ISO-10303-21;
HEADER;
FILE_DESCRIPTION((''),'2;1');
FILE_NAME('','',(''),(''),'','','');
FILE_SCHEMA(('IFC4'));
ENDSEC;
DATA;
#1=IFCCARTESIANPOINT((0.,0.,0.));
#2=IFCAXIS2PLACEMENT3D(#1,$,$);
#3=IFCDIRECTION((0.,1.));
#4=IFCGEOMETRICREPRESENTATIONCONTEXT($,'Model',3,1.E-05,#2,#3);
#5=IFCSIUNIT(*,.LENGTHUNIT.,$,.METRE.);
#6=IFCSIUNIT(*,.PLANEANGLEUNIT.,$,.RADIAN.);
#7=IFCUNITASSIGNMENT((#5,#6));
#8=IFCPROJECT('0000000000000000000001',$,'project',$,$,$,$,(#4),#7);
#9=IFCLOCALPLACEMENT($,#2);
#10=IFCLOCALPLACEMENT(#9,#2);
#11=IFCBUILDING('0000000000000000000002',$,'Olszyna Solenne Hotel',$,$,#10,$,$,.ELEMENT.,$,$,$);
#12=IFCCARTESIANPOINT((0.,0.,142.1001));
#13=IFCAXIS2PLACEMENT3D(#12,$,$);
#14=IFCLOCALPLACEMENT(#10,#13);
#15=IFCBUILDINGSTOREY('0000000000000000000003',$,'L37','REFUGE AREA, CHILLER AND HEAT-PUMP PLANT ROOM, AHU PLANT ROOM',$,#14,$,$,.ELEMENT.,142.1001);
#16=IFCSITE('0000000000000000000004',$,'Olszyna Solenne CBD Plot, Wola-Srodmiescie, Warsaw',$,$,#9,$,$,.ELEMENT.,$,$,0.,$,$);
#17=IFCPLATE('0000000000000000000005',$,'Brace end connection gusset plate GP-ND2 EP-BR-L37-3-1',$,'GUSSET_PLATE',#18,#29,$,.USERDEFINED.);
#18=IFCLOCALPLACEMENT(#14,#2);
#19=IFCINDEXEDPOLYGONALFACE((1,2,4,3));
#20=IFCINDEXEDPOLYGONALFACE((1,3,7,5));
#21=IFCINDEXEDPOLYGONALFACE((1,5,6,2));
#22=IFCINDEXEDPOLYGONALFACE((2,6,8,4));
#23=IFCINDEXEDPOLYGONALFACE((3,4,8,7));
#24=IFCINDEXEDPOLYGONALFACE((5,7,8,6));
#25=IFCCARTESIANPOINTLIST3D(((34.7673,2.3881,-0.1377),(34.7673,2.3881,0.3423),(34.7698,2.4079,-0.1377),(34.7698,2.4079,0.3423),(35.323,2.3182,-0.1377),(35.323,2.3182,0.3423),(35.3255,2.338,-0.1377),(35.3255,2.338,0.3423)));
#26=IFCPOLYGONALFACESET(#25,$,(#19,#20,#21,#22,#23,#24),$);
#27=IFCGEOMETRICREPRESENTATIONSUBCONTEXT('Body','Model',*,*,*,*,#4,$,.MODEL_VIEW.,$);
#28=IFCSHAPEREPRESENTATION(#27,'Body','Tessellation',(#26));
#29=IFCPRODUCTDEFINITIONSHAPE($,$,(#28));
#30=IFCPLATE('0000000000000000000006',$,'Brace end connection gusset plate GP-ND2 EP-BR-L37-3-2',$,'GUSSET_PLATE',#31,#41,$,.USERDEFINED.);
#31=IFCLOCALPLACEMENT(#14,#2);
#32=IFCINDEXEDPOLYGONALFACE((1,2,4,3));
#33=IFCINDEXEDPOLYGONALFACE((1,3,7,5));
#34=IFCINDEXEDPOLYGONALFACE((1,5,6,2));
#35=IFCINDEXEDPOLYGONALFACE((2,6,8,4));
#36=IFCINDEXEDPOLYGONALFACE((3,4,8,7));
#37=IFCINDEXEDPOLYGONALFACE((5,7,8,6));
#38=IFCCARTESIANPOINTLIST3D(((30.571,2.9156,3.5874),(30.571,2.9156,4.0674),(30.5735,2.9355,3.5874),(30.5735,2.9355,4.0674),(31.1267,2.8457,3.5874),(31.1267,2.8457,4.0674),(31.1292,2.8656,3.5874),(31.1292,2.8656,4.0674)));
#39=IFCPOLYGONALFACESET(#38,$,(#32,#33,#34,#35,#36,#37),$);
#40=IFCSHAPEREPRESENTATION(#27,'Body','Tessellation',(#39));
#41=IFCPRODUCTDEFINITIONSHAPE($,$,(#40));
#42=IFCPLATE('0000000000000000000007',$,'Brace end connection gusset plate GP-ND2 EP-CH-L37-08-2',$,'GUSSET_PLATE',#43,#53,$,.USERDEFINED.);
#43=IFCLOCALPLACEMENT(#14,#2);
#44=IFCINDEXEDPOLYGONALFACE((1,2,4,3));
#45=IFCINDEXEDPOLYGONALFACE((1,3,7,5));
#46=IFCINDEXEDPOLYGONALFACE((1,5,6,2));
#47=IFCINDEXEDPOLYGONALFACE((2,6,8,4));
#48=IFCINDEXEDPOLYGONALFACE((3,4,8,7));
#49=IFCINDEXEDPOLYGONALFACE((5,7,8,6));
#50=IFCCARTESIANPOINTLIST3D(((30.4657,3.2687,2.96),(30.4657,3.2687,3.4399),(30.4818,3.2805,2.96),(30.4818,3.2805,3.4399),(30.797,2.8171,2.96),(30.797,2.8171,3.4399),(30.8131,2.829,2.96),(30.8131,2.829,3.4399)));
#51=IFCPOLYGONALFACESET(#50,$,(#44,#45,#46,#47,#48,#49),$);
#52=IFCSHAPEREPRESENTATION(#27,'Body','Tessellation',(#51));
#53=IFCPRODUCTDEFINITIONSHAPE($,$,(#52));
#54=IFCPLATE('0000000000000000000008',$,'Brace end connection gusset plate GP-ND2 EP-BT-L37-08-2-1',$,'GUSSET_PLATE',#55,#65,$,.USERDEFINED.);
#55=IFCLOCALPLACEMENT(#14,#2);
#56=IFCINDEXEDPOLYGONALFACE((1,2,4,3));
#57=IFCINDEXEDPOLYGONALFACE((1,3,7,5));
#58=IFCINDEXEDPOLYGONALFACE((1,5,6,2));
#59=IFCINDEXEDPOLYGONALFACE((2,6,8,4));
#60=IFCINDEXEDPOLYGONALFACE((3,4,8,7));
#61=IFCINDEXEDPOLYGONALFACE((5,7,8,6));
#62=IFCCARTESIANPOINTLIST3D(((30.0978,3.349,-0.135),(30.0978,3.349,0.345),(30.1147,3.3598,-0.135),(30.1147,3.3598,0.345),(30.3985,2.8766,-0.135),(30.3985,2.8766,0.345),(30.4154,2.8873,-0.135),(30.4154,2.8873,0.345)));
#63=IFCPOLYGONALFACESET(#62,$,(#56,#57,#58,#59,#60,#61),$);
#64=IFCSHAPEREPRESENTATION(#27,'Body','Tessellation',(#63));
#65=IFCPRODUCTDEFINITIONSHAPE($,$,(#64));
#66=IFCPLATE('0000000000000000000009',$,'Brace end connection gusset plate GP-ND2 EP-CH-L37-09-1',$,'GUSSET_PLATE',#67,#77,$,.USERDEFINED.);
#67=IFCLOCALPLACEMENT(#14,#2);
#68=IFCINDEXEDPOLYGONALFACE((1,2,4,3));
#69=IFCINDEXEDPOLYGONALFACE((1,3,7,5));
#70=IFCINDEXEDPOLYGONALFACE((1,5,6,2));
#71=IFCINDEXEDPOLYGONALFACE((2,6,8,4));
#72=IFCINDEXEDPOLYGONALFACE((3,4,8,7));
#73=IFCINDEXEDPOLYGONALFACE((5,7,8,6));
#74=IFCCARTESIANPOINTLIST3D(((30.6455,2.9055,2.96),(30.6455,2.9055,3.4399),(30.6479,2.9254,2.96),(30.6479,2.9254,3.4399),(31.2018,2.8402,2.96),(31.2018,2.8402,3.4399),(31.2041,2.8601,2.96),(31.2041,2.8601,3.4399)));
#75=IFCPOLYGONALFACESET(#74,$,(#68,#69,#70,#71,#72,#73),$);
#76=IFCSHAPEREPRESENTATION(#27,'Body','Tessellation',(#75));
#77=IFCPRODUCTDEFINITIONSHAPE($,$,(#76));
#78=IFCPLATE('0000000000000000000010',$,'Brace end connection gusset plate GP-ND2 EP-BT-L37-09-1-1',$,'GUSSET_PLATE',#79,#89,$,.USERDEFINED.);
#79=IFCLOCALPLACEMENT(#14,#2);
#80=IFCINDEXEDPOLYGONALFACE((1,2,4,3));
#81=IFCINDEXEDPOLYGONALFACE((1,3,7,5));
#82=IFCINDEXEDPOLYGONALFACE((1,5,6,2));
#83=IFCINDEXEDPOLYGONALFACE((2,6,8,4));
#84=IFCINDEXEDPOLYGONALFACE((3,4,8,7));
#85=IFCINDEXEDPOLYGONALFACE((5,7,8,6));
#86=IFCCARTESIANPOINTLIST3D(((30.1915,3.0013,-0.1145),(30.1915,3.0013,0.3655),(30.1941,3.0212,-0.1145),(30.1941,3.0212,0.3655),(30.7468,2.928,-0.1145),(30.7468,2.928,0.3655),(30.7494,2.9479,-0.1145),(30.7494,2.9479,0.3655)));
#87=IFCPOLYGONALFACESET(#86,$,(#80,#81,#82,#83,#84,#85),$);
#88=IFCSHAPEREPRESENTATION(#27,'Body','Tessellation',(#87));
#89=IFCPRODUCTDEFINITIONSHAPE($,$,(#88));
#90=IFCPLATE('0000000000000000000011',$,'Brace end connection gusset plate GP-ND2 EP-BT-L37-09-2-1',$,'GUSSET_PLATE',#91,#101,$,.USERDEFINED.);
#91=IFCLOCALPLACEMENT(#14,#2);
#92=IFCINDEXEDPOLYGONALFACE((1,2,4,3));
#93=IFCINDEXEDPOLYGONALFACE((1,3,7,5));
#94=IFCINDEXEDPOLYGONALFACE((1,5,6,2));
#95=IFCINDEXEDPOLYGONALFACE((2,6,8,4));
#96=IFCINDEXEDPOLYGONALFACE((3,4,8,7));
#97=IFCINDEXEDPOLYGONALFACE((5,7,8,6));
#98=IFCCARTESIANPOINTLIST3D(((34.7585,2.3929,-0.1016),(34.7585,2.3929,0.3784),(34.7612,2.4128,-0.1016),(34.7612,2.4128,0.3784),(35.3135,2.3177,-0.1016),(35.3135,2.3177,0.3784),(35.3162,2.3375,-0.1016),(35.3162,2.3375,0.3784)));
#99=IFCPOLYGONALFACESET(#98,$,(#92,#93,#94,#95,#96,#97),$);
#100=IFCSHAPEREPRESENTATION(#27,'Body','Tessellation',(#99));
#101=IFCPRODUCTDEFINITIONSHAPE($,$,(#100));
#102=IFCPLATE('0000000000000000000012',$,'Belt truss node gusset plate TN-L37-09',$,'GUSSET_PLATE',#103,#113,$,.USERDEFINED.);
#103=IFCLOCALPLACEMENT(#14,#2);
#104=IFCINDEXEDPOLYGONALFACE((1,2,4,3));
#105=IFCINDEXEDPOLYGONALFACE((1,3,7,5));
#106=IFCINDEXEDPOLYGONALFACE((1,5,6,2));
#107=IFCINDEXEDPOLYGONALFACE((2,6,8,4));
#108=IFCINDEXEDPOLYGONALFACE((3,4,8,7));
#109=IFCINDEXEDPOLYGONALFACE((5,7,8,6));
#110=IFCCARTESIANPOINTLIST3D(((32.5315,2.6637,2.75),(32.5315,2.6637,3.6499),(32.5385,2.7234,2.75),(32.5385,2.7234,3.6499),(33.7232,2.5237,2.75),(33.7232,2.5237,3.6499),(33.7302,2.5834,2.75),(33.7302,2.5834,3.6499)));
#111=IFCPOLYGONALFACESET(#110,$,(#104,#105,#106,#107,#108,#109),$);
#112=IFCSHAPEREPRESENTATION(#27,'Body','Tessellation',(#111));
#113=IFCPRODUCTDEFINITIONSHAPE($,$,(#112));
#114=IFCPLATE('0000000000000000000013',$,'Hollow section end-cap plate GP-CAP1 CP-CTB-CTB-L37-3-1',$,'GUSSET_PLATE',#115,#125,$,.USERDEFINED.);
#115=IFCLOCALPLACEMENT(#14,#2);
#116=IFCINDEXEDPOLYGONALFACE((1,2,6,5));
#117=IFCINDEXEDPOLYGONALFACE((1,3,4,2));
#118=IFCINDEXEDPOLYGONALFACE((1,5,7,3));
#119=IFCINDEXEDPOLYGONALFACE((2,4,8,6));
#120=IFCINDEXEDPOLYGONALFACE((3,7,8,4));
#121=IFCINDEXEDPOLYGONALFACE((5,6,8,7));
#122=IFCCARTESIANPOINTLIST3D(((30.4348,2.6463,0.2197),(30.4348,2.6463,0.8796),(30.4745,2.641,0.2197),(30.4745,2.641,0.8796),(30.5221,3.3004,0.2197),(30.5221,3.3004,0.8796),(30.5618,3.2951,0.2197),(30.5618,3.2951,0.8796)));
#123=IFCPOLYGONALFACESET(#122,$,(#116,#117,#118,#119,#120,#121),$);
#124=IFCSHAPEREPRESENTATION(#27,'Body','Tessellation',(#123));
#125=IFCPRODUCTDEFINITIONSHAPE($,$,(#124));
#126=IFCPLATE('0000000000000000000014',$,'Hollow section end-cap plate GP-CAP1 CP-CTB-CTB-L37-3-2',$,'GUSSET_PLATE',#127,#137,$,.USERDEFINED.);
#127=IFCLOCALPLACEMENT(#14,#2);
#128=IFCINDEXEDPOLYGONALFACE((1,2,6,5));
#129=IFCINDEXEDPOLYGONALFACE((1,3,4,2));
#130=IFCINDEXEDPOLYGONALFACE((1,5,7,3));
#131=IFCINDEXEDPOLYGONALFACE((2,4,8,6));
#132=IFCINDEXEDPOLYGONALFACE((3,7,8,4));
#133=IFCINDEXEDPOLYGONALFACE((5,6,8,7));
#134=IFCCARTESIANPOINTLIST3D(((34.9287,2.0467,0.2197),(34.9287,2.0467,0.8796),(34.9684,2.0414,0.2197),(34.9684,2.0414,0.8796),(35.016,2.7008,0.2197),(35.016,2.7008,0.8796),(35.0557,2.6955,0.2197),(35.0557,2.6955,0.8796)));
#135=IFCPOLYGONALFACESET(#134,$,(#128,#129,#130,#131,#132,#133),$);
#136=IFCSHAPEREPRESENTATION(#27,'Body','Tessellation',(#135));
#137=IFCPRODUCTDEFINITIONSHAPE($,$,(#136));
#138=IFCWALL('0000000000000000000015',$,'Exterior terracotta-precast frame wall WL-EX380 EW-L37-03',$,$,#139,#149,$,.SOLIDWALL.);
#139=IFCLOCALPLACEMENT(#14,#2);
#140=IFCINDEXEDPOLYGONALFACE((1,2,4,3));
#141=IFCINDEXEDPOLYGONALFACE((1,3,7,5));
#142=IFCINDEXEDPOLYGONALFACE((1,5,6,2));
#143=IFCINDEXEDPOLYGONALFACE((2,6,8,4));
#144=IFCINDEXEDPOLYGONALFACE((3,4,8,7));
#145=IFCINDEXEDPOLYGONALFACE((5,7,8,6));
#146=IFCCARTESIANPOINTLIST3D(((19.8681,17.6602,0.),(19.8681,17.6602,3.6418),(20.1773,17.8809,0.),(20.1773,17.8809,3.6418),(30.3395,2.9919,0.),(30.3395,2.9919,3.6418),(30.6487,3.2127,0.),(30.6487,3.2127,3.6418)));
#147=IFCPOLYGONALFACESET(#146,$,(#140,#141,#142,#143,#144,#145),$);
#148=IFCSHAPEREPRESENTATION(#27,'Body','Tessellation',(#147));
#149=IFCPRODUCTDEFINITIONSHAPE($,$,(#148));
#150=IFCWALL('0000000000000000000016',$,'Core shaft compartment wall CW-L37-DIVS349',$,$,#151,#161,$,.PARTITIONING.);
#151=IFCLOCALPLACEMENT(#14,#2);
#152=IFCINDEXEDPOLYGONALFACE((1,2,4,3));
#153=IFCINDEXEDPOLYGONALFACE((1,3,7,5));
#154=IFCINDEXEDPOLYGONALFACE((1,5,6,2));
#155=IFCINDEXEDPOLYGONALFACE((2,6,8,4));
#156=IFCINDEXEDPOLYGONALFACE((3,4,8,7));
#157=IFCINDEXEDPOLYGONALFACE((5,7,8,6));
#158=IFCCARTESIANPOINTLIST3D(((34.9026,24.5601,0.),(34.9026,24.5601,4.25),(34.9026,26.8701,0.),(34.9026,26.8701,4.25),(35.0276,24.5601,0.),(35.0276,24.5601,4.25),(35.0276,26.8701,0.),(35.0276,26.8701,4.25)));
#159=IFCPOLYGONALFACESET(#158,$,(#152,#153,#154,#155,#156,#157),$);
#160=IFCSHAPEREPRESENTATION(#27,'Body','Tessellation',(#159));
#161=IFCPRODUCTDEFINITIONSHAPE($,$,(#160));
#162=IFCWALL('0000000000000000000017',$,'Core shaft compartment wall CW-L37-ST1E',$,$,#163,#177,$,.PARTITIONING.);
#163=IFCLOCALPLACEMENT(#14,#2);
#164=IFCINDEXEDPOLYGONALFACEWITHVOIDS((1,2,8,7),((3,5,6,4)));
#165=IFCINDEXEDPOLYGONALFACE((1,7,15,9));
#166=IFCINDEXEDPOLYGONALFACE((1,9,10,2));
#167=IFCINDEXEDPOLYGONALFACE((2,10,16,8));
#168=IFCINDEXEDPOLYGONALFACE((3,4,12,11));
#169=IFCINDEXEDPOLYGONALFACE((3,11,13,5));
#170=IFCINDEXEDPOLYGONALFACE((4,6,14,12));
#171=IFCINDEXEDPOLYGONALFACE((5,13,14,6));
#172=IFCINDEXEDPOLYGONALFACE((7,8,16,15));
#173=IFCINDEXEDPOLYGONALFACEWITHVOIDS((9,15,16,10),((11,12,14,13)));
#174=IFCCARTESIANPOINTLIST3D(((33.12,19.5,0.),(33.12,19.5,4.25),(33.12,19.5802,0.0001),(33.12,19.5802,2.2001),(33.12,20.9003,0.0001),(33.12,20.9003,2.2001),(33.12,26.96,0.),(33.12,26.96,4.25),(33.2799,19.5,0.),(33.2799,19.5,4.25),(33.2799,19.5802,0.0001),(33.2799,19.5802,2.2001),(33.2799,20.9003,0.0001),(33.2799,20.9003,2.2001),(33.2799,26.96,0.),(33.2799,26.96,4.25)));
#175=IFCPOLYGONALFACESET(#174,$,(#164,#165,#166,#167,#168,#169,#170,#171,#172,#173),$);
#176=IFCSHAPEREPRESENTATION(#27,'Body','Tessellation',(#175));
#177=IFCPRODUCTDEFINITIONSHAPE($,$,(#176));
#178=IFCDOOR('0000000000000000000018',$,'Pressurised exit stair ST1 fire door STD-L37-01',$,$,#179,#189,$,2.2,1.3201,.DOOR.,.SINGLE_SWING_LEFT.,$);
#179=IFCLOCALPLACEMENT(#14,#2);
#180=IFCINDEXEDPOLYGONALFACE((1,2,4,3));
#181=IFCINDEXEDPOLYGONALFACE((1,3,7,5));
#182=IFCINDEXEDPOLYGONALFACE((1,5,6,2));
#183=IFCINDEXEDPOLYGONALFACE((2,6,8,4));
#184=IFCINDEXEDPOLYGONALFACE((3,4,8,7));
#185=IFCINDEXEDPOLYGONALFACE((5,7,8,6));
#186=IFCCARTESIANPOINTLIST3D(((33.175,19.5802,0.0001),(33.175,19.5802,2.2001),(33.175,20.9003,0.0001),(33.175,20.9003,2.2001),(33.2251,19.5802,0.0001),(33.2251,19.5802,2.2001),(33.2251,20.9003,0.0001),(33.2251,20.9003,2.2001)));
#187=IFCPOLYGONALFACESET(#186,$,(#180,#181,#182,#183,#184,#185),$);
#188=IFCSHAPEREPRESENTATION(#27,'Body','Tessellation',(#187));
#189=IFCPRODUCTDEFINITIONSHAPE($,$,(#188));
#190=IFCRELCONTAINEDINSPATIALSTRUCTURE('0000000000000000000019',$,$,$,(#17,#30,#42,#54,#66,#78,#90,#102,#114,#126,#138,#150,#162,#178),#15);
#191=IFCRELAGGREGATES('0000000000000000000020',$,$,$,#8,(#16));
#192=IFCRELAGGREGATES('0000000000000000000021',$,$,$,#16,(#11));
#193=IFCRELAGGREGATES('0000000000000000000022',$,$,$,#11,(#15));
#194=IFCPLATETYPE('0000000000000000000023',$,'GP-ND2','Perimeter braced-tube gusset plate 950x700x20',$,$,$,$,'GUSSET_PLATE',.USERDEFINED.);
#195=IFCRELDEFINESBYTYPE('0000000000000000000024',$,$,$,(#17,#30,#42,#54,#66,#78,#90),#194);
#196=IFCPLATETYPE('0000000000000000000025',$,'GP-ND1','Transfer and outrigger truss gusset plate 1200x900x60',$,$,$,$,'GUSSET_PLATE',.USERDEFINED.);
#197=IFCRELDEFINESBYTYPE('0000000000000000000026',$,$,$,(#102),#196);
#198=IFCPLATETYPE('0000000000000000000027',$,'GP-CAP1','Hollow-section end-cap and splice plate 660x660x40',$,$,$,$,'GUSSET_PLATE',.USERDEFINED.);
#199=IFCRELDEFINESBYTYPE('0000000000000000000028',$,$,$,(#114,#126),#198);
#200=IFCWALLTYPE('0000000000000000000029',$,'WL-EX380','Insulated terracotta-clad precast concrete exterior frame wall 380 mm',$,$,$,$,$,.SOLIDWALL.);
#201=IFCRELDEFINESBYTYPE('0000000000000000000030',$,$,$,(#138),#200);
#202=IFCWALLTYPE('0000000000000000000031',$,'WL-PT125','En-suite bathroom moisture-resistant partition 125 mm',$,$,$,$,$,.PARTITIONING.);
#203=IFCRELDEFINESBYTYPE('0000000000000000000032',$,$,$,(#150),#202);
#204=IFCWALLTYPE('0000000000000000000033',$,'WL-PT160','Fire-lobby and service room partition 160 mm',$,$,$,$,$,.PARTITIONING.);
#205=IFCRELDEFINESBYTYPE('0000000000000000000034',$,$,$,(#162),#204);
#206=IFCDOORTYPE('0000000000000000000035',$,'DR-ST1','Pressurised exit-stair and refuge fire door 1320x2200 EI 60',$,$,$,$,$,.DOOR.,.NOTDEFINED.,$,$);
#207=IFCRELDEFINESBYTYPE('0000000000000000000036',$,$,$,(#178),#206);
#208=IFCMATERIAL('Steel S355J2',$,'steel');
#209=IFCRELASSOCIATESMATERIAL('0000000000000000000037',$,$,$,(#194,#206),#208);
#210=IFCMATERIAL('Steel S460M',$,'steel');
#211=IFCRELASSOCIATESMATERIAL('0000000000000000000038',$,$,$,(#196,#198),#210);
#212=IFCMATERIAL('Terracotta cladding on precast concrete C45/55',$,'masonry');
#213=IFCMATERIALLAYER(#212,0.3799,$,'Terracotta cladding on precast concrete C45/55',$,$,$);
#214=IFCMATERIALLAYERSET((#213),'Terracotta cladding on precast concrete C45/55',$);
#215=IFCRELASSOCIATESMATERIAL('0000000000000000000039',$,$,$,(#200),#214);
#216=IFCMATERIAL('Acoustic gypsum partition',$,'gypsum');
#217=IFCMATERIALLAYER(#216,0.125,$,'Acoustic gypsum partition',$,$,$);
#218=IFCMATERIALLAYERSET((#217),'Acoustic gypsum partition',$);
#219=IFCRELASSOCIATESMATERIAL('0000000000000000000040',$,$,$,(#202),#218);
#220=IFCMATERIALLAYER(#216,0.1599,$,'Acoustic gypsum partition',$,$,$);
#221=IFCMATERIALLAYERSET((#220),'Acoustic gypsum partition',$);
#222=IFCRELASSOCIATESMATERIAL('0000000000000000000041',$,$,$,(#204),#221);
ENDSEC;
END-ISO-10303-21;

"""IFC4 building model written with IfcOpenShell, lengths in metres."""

from ifc_helpers import new_model, si_unit, direction, frame, frame_2d, origin, origin_2d, place, context, subcontext, project, spatial, rectangle, extrude, source, transform, mapped, material, layer, layer_set, type_object, type_shapes, element, fill, save


model = new_model("IFC4")

# Units and contexts
model_context = context("Model", 3, precision=1e-05, world=origin(), true_north=direction((0.0, 1.0)))
body_context = subcontext(model_context, "Body", "Model", "MODEL_VIEW")
ifc_project = project(units=[si_unit("LENGTHUNIT", "METRE"), si_unit("PLANEANGLEUNIT", "RADIAN")], contexts=[model_context])

# Site, building, storey
site_placement = place(None, origin())
site = spatial("IfcSite", under=ifc_project, at=site_placement, Name="Olszyna Solenne CBD Plot, Wola-Srodmiescie, Warsaw", CompositionType="ELEMENT", RefElevation=0.0)
building_placement = place(site_placement, origin())
building = spatial("IfcBuilding", under=site, at=building_placement, Name="Olszyna Solenne Hotel", CompositionType="ELEMENT")
storey_placement = place(building_placement, frame((0.0, 0.0, 142.1001)))
storey = spatial("IfcBuildingStorey", under=building, at=storey_placement, Name="L37", Description="REFUGE AREA, CHILLER AND HEAT-PUMP PLANT ROOM, AHU PLANT ROOM", CompositionType="ELEMENT", Elevation=142.1001)

# Shared definitions
ifc_material_1 = material(Name="Steel S460M", Category="steel")

# Shared definitions
ifc_material_2 = material(Name="Steel S355J2", Category="steel")

# Plates
plate_type_1 = type_object("IfcPlateType", Name="GP-ND2", Description="Perimeter braced-tube gusset plate 950x700x20", ElementType="GUSSET_PLATE", PredefinedType="USERDEFINED", material=ifc_material_2)
shared_shape_1 = source(origin(), body_context, "Body", "SweptSolid", [
    extrude(rectangle(XDim=0.5601, YDim=0.02, at=origin_2d()), origin(), (0.0, 0.0, 1.0), 0.48),
])
for number, where, z_axis, x_axis, name in (
    (1, (35.0464, 2.363, -0.1377), (0.0, 0.0, 1.0), (-0.99218, 0.124814, 0.0), "Brace end connection gusset plate GP-ND2 EP-BR-L37-3-1"),
    (2, (30.8501, 2.8906, 3.5874), (0.0, 0.0, 1.0), (-0.99218, 0.124814, 0.0), "Brace end connection gusset plate GP-ND2 EP-BR-L37-3-2"),
    (3, (30.6394, 3.0488, 2.96), (0.0, 0.0, 1.0), (0.591591, -0.806238, 0.0), "Brace end connection gusset plate GP-ND2 EP-CH-L37-08-2"),
    (4, (30.2566, 3.1182, -0.135), (0.0, 0.0, 1.0), (-0.537005, 0.843579, 0.0), "Brace end connection gusset plate GP-ND2 EP-BT-L37-08-2-1"),
    (5, (30.9248, 2.8828, 2.96), (0.0, 0.0, 1.0), (0.993171, -0.116671, 0.0), "Brace end connection gusset plate GP-ND2 EP-CH-L37-09-1"),
    (6, (30.4705, 2.9746, -0.1145), (0.0, 0.0, 1.0), (0.991399, -0.130872, 0.0), "Brace end connection gusset plate GP-ND2 EP-BT-L37-09-1-1"),
    (7, (35.0374, 2.3652, -0.1016), (0.0, 0.0, 1.0), (-0.990936, 0.134332, 0.0), "Brace end connection gusset plate GP-ND2 EP-BT-L37-09-2-1"),
):
    element("IfcPlate", number, at=place(storey_placement, frame(where, z_axis=z_axis, x_axis=x_axis)), inside=storey, type_object=plate_type_1, Name=name, ObjectType="GUSSET_PLATE", PredefinedType="USERDEFINED", context=body_context, shape_type="MappedRepresentation", body=[
        mapped(shared_shape_1, transform((0.0, 0.0, 0.0), x_axis=(1.0, 0.0, 0.0), y_axis=(0.0, 1.0, 0.0), z_axis=(0.0, 0.0, 1.0), scale=1.0)),
    ])
plate_type_2 = type_object("IfcPlateType", Name="GP-ND1", Description="Transfer and outrigger truss gusset plate 1200x900x60", ElementType="GUSSET_PLATE", PredefinedType="USERDEFINED", material=ifc_material_1)
shared_shape_2 = source(origin(), body_context, "Body", "SweptSolid", [
    extrude(rectangle(XDim=1.2, YDim=0.0601, at=origin_2d()), origin(), (0.0, 0.0, 1.0), 0.8999),
])
plate_placement = place(storey_placement, frame((33.1309, 2.6235, 2.75), z_axis=(0.0, 0.0, 1.0), x_axis=(0.993171, -0.116671, 0.0)))
element("IfcPlate", 8, at=plate_placement, inside=storey, type_object=plate_type_2, Name="Belt truss node gusset plate TN-L37-09", ObjectType="GUSSET_PLATE", PredefinedType="USERDEFINED", context=body_context, shape_type="MappedRepresentation", body=[
    mapped(shared_shape_2, transform((0.0, 0.0, 0.0), x_axis=(1.0, 0.0, 0.0), y_axis=(0.0, 1.0, 0.0), z_axis=(0.0, 0.0, 1.0), scale=1.0)),
])
plate_type_3 = type_object("IfcPlateType", Name="GP-CAP1", Description="Hollow-section end-cap and splice plate 660x660x40", ElementType="GUSSET_PLATE", PredefinedType="USERDEFINED", material=ifc_material_1)
shared_shape_3 = source(origin(), body_context, "Body", "SweptSolid", [
    extrude(rectangle(XDim=0.04, YDim=0.6599, at=origin_2d()), origin(), (0.0, 0.0, 1.0), 0.6599),
])
for number, where, z_axis, x_axis, name in (
    (9, (30.4983, 2.9707, 0.2197), (0.0, 0.0, 1.0), (0.991216, -0.132256, 0.0), "Hollow section end-cap plate GP-CAP1 CP-CTB-CTB-L37-3-1"),
    (10, (34.9922, 2.3711, 0.2197), (0.0, 0.0, 1.0), (0.991216, -0.132256, 0.0), "Hollow section end-cap plate GP-CAP1 CP-CTB-CTB-L37-3-2"),
):
    element("IfcPlate", number, at=place(storey_placement, frame(where, z_axis=z_axis, x_axis=x_axis)), inside=storey, type_object=plate_type_3, Name=name, ObjectType="GUSSET_PLATE", PredefinedType="USERDEFINED", context=body_context, shape_type="MappedRepresentation", body=[
        mapped(shared_shape_3, transform((0.0, 0.0, 0.0), x_axis=(1.0, 0.0, 0.0), y_axis=(0.0, 1.0, 0.0), z_axis=(0.0, 0.0, 1.0), scale=1.0)),
    ])

# Walls
ifc_material_3 = material(Name="Terracotta cladding on precast concrete C45/55", Category="masonry")
ifc_layer_1 = layer(ifc_material_3, 0.3799, Name="Terracotta cladding on precast concrete C45/55")
ifc_layer_set_1 = layer_set([ifc_layer_1], Name="Terracotta cladding on precast concrete C45/55")
wall_type_1 = type_object("IfcWallType", Name="WL-EX380", Description="Insulated terracotta-clad precast concrete exterior frame wall 380 mm", PredefinedType="SOLIDWALL", material=ifc_layer_set_1)
wall_1_placement = place(storey_placement, frame((30.4941, 3.1023, 0.0), z_axis=(0.0, 0.0, 1.0), x_axis=(-0.581023, 0.813887, 0.0)))
element("IfcWall", 11, at=wall_1_placement, inside=storey, type_object=wall_type_1, Name="Exterior terracotta-precast frame wall WL-EX380 EW-L37-03", PredefinedType="SOLIDWALL", context=body_context, shape_type="SweptSolid", body=[
    extrude(rectangle(XDim=18.0225, YDim=0.3799, at=frame_2d((9.0112, 0.0))), origin(), (0.0, 0.0, 1.0), 3.6418),
])
ifc_material_4 = material(Name="Acoustic gypsum partition", Category="gypsum")
ifc_layer_2 = layer(ifc_material_4, 0.125, Name="Acoustic gypsum partition")
ifc_layer_set_2 = layer_set([ifc_layer_2], Name="Acoustic gypsum partition")
wall_type_2 = type_object("IfcWallType", Name="WL-PT125", Description="En-suite bathroom moisture-resistant partition 125 mm", PredefinedType="PARTITIONING", material=ifc_layer_set_2)
wall_2_placement = place(storey_placement, frame((34.9651, 24.5601, 0.0), z_axis=(0.0, 0.0, 1.0), x_axis=(0.0, 1.0, 0.0)))
element("IfcWall", 12, at=wall_2_placement, inside=storey, type_object=wall_type_2, Name="Core shaft compartment wall CW-L37-DIVS349", PredefinedType="PARTITIONING", context=body_context, shape_type="SweptSolid", body=[
    extrude(rectangle(XDim=2.3101, YDim=0.125, at=frame_2d((1.155, 0.0))), origin(), (0.0, 0.0, 1.0), 4.25),
])

# Wall, opening, door
ifc_layer_3 = layer(ifc_material_4, 0.1599, Name="Acoustic gypsum partition")
ifc_layer_set_3 = layer_set([ifc_layer_3], Name="Acoustic gypsum partition")
wall_type_3 = type_object("IfcWallType", Name="WL-PT160", Description="Fire-lobby and service room partition 160 mm", PredefinedType="PARTITIONING", material=ifc_layer_set_3)
wall_3_placement = place(storey_placement, frame((33.2, 19.5, 0.0), z_axis=(0.0, 0.0, 1.0), x_axis=(0.0, 1.0, 0.0)))
wall_3 = element("IfcWall", 13, at=wall_3_placement, inside=storey, type_object=wall_type_3, Name="Core shaft compartment wall CW-L37-ST1E", PredefinedType="PARTITIONING", context=body_context, shape_type="SweptSolid", body=[
    extrude(rectangle(XDim=7.46, YDim=0.1599, at=frame_2d((3.73, 0.0))), origin(), (0.0, 0.0, 1.0), 4.25),
])
opening_placement = place(wall_3_placement, frame((0.0801, 0.0, 0.0)))
opening = element("IfcOpeningElement", 14, at=opening_placement, cuts=wall_3, PredefinedType="OPENING", context=body_context, shape_type="SweptSolid", body=[
    extrude(rectangle(XDim=1.3201, YDim=2.2, at=frame_2d((0.6602, 1.1001))), frame((0.0, 0.0898, 0.0), z_axis=(0.0, -1.0, 0.0), x_axis=(1.0, 0.0, 0.0)), (0.0, 0.0, 1.0), 0.1799),
])
door_type = type_object("IfcDoorType", Name="DR-ST1", Description="Pressurised exit-stair and refuge fire door 1320x2200 EI 60", OperationType="NOTDEFINED", PredefinedType="DOOR", material=ifc_material_2)
shared_shape_4 = source(origin(), body_context, "Body", "SweptSolid", [
    extrude(rectangle(XDim=1.3201, YDim=2.2, at=frame_2d((0.6602, 1.1001))), frame((0.0, 0.0249, 0.0), z_axis=(0.0, -1.0, 0.0), x_axis=(1.0, 0.0, 0.0)), (0.0, 0.0, 1.0), 0.05),
])
type_shapes(door_type, [shared_shape_4])
door_placement = place(opening_placement, origin())
door = element("IfcDoor", 15, at=door_placement, inside=storey, type_object=door_type, Name="Pressurised exit stair ST1 fire door STD-L37-01", OperationType="SINGLE_SWING_LEFT", OverallHeight=2.2, OverallWidth=1.3201, PredefinedType="DOOR", context=body_context, shape_type="MappedRepresentation", body=[
    mapped(shared_shape_4, transform((0.0, 0.0, 0.0), x_axis=(1.0, 0.0, 0.0), y_axis=(0.0, 1.0, 0.0), z_axis=(0.0, 0.0, 1.0), scale=1.0)),
])
fill(opening, door)

save(model, "model.ifc")
